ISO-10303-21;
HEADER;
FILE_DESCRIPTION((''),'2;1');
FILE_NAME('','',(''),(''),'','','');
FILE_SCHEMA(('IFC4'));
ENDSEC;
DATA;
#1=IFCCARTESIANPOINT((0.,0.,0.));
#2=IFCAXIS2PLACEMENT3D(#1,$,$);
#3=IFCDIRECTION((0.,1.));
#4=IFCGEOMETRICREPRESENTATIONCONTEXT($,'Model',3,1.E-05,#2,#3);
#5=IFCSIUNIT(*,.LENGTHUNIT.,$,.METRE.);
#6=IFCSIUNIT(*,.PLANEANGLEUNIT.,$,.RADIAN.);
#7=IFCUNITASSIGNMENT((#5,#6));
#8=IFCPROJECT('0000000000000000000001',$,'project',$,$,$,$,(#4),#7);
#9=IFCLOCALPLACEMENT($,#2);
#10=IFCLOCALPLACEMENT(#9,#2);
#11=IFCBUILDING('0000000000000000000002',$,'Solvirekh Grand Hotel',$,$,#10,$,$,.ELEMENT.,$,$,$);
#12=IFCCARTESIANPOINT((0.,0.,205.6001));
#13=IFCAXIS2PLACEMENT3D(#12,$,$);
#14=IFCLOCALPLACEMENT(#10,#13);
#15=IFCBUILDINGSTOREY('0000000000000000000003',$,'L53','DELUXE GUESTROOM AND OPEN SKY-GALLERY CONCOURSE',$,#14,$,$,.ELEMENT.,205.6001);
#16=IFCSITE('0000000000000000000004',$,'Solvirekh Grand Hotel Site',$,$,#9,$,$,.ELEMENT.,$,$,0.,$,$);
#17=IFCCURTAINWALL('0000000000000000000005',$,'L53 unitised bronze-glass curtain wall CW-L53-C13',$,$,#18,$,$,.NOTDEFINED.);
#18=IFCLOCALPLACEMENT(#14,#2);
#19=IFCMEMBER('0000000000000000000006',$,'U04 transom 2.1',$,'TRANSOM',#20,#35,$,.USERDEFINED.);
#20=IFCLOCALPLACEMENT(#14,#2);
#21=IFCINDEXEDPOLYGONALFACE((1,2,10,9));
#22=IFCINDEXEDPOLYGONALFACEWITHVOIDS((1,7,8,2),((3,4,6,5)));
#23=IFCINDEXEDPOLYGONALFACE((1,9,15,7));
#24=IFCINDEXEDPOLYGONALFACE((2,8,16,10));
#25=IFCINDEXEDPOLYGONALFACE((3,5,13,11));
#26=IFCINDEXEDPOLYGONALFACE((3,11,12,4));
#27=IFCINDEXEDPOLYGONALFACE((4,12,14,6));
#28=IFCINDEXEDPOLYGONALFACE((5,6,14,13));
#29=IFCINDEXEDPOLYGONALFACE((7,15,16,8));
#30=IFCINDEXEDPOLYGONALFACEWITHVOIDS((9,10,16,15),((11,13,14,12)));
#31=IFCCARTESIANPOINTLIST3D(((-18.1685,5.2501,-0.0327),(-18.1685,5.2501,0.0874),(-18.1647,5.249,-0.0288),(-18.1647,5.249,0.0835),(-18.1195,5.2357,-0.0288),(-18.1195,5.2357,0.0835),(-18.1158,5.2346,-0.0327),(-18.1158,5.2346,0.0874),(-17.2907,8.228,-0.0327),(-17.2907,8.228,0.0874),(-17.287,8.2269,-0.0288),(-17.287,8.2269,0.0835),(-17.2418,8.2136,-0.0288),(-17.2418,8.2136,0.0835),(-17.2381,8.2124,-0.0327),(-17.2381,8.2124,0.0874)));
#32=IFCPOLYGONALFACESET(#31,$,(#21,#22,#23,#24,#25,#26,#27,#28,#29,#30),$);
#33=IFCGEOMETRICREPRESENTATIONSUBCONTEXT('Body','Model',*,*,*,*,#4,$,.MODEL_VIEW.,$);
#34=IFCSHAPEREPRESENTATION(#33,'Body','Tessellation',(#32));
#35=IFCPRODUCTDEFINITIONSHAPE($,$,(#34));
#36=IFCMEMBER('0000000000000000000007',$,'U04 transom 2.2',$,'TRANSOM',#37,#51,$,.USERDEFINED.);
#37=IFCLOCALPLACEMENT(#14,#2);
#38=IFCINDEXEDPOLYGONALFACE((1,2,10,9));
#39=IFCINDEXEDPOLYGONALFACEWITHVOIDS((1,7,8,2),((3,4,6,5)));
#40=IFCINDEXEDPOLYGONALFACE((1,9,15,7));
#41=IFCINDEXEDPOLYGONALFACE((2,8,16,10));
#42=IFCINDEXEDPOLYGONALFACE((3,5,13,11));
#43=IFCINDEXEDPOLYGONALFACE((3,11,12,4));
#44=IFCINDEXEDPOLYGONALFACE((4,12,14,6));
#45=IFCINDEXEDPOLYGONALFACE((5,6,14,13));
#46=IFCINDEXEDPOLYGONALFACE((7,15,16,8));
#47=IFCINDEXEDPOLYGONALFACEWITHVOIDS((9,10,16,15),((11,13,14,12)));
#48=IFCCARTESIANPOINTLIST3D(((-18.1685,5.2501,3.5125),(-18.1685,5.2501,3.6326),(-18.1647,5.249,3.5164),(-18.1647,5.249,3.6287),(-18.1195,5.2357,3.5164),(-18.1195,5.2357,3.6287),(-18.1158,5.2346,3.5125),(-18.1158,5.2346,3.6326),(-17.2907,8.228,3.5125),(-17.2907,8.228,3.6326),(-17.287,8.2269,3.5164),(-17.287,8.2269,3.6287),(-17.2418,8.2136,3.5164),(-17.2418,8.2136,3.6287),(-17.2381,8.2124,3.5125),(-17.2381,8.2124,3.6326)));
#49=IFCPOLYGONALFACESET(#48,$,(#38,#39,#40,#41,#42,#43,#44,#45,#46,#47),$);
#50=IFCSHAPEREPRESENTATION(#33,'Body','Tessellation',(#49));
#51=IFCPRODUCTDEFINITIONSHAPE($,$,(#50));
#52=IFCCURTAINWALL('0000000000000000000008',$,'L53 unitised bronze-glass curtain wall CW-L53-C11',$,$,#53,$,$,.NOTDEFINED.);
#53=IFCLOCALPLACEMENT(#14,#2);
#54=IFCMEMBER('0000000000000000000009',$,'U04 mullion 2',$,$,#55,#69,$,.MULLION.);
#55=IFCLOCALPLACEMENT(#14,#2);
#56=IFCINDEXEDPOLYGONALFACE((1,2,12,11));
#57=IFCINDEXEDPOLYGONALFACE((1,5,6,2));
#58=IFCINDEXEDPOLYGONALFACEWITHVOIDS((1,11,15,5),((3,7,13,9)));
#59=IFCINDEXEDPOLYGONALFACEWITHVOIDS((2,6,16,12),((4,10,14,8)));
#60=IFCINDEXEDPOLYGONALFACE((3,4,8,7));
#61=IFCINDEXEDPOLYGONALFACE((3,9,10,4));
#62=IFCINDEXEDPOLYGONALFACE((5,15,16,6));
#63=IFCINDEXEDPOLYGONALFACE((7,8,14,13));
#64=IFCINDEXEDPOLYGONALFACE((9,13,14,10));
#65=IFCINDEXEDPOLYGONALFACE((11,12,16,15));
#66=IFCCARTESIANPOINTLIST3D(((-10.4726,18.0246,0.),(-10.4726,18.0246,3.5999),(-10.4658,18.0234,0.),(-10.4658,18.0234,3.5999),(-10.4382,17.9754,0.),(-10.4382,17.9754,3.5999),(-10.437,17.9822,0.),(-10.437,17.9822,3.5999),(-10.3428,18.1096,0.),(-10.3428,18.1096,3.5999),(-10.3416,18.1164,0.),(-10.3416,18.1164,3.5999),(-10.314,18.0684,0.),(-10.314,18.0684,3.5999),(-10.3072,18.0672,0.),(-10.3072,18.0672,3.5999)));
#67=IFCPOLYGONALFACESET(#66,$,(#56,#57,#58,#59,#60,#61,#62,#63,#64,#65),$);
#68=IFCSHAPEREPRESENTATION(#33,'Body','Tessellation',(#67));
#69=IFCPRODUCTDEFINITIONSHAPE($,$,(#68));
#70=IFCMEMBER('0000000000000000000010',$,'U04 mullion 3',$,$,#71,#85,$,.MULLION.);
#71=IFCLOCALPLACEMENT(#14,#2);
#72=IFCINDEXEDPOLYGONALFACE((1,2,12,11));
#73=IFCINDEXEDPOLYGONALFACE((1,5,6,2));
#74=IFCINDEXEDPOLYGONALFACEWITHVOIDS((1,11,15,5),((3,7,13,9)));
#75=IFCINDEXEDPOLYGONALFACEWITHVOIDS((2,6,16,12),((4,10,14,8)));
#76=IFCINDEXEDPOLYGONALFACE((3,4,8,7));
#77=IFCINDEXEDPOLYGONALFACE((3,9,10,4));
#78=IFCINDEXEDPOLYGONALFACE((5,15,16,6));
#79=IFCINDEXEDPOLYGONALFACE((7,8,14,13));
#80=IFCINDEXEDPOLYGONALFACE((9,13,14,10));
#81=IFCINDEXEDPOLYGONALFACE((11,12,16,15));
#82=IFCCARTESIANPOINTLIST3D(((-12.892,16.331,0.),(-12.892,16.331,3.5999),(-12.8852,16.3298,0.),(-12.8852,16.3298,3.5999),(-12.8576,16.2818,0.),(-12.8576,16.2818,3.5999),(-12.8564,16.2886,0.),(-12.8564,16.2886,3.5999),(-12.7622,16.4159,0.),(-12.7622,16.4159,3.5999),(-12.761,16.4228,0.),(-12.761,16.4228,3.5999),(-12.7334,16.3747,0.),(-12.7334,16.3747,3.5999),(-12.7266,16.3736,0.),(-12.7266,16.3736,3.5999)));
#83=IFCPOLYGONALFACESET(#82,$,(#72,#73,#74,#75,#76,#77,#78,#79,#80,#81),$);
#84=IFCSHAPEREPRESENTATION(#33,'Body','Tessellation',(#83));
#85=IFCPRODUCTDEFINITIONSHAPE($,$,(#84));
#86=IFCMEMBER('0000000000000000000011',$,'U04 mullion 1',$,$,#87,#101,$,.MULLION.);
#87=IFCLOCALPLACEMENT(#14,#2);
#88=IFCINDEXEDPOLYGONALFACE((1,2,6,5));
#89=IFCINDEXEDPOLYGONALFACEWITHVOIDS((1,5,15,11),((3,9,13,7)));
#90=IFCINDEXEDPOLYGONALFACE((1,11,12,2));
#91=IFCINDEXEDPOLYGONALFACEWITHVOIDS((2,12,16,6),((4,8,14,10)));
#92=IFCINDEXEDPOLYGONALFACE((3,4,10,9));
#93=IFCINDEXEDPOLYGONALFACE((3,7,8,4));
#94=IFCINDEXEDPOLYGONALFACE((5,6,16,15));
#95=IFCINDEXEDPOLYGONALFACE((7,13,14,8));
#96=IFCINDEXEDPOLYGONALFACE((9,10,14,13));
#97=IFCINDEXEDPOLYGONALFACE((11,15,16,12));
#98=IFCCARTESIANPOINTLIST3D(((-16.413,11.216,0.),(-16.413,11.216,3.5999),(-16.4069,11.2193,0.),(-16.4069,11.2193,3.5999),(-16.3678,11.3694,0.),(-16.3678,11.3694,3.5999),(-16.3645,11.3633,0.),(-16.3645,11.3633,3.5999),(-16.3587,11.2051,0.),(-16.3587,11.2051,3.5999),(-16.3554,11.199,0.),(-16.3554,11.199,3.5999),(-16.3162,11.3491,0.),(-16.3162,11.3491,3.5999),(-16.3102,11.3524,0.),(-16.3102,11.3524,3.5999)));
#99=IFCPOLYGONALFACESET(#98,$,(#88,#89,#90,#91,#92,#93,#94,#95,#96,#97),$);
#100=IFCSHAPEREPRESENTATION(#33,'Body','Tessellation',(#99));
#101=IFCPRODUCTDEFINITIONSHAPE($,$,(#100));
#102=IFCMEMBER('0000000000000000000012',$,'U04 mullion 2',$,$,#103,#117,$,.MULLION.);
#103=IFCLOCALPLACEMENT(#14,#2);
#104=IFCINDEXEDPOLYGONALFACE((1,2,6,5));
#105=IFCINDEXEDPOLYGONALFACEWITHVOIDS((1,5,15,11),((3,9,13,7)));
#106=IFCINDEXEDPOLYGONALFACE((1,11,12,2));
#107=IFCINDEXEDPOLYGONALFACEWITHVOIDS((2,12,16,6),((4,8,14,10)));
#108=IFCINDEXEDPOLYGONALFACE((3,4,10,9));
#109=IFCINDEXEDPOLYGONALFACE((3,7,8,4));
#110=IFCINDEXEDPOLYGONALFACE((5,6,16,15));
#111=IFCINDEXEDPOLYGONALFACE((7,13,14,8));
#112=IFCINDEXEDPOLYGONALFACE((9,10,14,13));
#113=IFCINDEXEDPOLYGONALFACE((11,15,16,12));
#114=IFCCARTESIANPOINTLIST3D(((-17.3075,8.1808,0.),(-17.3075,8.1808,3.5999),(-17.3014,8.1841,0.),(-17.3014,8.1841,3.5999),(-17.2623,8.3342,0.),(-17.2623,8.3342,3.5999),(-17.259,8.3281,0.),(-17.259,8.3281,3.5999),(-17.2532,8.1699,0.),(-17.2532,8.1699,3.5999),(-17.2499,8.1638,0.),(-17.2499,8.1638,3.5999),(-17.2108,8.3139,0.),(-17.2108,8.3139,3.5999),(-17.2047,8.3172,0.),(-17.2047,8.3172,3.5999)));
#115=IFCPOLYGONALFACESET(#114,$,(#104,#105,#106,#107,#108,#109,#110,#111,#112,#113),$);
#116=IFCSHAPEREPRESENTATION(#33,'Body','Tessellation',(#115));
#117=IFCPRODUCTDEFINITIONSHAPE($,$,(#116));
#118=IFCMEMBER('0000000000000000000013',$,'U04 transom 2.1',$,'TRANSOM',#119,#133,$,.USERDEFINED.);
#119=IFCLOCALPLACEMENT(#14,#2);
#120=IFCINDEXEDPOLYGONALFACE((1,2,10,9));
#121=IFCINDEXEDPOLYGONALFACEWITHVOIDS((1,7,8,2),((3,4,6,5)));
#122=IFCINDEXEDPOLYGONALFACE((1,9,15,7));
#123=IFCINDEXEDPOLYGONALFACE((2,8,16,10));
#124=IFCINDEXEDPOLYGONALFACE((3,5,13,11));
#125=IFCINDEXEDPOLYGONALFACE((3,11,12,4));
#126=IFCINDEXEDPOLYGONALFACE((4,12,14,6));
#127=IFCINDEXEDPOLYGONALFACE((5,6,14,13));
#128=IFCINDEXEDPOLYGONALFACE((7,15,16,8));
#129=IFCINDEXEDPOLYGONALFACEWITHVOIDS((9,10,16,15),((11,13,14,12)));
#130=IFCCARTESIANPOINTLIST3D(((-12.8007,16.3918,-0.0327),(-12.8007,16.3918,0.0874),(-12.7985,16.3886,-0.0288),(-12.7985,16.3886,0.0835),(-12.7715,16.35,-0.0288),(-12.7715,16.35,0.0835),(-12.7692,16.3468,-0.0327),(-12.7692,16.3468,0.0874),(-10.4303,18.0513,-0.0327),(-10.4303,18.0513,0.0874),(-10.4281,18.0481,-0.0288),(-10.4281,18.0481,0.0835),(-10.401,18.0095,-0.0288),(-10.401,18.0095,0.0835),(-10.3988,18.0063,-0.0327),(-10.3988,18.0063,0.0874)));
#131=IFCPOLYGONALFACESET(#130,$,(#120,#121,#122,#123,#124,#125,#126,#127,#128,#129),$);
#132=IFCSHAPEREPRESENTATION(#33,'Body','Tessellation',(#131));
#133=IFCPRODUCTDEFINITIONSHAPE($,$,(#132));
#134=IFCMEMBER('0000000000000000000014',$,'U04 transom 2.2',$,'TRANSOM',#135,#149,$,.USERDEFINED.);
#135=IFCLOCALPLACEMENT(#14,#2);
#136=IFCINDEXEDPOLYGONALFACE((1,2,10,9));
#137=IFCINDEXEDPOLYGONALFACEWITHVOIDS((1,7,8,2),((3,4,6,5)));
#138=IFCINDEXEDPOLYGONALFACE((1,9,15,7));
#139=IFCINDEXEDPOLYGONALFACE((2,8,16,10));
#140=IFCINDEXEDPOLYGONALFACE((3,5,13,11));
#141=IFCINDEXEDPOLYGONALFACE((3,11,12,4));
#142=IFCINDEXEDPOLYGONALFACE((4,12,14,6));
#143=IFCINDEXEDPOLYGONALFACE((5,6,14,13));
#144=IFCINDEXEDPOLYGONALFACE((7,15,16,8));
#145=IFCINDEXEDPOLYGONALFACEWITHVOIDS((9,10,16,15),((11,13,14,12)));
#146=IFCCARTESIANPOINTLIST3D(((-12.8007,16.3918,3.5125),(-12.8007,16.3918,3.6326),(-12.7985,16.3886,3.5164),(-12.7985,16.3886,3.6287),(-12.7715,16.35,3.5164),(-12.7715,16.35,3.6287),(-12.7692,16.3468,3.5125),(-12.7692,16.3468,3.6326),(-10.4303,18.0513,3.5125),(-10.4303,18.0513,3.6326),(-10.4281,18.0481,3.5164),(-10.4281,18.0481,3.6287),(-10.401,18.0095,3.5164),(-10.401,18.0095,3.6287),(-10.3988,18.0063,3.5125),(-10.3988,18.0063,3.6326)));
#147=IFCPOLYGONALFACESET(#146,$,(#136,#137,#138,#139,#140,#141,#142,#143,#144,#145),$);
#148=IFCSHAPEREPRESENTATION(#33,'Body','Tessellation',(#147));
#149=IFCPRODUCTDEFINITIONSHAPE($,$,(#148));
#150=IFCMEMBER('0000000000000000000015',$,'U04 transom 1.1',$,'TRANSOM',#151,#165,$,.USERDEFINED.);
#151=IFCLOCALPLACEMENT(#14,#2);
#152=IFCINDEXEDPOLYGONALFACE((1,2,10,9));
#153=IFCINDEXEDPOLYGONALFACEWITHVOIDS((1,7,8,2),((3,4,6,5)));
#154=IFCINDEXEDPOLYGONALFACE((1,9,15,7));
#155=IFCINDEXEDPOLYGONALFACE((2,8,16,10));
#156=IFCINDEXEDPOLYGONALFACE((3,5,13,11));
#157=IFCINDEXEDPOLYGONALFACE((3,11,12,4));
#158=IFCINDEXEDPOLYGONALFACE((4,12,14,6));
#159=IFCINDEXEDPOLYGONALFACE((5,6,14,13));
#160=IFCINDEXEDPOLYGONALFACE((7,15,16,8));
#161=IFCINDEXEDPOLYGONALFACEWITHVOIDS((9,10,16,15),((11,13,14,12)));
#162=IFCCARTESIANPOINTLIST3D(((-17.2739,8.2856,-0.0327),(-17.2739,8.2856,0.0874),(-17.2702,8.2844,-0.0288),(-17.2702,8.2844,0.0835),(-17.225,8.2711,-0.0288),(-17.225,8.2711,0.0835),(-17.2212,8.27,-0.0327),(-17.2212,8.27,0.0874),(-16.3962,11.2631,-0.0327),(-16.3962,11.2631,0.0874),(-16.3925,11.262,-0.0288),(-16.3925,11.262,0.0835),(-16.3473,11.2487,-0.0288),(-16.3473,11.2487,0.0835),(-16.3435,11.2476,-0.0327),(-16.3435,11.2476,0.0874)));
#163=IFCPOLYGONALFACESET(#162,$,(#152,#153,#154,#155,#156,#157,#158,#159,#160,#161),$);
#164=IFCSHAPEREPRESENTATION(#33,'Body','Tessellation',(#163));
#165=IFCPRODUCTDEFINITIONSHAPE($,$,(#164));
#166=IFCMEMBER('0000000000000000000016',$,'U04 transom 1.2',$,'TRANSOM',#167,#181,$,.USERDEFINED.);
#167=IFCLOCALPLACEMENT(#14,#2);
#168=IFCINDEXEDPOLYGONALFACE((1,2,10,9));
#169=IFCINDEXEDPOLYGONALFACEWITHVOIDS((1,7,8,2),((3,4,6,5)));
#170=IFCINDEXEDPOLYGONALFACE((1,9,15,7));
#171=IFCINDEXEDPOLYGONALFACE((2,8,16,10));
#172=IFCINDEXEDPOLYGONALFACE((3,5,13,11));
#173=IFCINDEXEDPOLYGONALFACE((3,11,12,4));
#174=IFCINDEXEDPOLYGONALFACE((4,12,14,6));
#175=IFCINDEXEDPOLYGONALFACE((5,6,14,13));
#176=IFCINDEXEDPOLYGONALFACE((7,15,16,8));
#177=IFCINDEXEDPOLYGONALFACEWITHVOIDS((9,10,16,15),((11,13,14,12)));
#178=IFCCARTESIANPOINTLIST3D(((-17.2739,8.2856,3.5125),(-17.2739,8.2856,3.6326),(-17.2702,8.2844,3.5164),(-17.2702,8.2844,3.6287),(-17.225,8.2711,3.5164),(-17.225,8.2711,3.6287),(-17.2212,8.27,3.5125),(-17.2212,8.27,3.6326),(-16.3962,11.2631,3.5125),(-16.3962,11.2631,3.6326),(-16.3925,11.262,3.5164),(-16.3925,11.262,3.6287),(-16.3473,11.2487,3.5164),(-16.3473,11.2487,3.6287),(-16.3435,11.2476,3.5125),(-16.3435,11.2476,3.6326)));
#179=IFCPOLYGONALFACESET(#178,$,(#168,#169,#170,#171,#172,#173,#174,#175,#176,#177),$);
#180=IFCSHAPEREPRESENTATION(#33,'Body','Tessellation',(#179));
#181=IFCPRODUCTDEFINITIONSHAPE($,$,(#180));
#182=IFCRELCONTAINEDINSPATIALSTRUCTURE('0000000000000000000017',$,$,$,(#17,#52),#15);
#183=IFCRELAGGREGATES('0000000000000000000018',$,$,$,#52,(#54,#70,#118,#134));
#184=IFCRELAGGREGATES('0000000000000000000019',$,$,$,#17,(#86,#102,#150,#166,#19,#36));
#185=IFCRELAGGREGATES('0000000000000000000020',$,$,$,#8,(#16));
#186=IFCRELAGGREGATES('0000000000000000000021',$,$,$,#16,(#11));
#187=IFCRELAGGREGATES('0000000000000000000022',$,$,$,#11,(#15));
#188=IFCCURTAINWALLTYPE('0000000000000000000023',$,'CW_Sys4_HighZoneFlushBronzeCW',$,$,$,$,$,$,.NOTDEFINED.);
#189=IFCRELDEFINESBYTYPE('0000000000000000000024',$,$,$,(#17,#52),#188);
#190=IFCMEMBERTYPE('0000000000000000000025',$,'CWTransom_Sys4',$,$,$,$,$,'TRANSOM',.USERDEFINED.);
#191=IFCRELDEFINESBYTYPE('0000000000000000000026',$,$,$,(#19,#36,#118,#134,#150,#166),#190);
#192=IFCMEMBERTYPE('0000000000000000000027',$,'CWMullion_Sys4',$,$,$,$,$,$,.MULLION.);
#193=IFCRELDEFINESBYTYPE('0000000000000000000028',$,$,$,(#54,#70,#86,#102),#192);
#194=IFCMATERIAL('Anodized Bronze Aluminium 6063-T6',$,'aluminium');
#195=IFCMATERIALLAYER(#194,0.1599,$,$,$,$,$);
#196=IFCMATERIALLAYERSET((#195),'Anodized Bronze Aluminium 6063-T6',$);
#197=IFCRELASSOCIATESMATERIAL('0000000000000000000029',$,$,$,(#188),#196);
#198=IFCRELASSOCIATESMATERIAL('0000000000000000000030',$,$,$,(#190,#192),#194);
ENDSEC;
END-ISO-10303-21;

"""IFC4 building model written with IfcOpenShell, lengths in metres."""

from ifc_helpers import new_model, si_unit, direction, frame, origin, origin_2d, place, context, subcontext, project, spatial, hollow_rectangle, extrude, source, transform, mapped, material, layer, layer_set, material_profile, profile_set, type_object, element, aggregate, save


model = new_model("IFC4")

# Units and contexts
model_context = context("Model", 3, precision=1e-05, world=origin(), true_north=direction((0.0, 1.0)))
body_context = subcontext(model_context, "Body", "Model", "MODEL_VIEW")
ifc_project = project(units=[si_unit("LENGTHUNIT", "METRE"), si_unit("PLANEANGLEUNIT", "RADIAN")], contexts=[model_context])

# Site, building, storey
site_placement = place(None, origin())
site = spatial("IfcSite", under=ifc_project, at=site_placement, Name="Solvirekh Grand Hotel Site", CompositionType="ELEMENT", RefElevation=0.0)
building_placement = place(site_placement, origin())
building = spatial("IfcBuilding", under=site, at=building_placement, Name="Solvirekh Grand Hotel", CompositionType="ELEMENT")
storey_placement = place(building_placement, frame((0.0, 0.0, 205.6001)))
storey = spatial("IfcBuildingStorey", under=building, at=storey_placement, Name="L53", Description="DELUXE GUESTROOM AND OPEN SKY-GALLERY CONCOURSE", CompositionType="ELEMENT", Elevation=205.6001)

# Curtain walls, members
ifc_material_1 = material(Name="Anodized Bronze Aluminium 6063-T6", Category="aluminium")
ifc_layer_1 = layer(ifc_material_1, 0.1599)
ifc_layer_set_1 = layer_set([ifc_layer_1], Name="Anodized Bronze Aluminium 6063-T6")
curtain_wall_type = type_object("IfcCurtainWallType", Name="CW_Sys4_HighZoneFlushBronzeCW", PredefinedType="NOTDEFINED", material=ifc_layer_set_1)
curtain_wall_1_placement = place(storey_placement, origin())
curtain_wall_1 = element("IfcCurtainWall", 1, at=curtain_wall_1_placement, inside=storey, type_object=curtain_wall_type, Name="L53 unitised bronze-glass curtain wall CW-L53-C13", PredefinedType="NOTDEFINED")
ifc_material_profile_1 = material_profile(ifc_material_1, hollow_rectangle(XDim=0.0549, YDim=0.1201, WallThickness=0.0039, at=origin_2d()), Name="ALU RHS 120X55X4")
ifc_profile_set_1 = profile_set([ifc_material_profile_1], Name="Anodized Bronze Aluminium 6063-T6")
member_type_1 = type_object("IfcMemberType", Name="CWTransom_Sys4", ElementType="TRANSOM", PredefinedType="USERDEFINED", material=ifc_profile_set_1)
shared_shape_1 = source(origin(), body_context, "Body", "SweptSolid", [
    extrude(hollow_rectangle(XDim=0.0549, YDim=0.1201, WallThickness=0.0039, at=origin_2d()), origin(), (0.0, 0.0, 1.0), 3.1045),
])
member_1_placement = place(storey_placement, frame((-17.2644, 8.2202, 0.0273), z_axis=(-0.28272, -0.959203, 0.0), x_axis=(0.959203, -0.28272, 0.0)))
member_1 = element("IfcMember", 2, at=member_1_placement, type_object=member_type_1, Name="U04 transom 2.1", ObjectType="TRANSOM", PredefinedType="USERDEFINED", context=body_context, shape_type="MappedRepresentation", body=[
    mapped(shared_shape_1, transform((0.0, 0.0, 0.0), x_axis=(1.0, 0.0, 0.0), y_axis=(0.0, 1.0, 0.0), z_axis=(0.0, 0.0, 1.0), scale=1.0)),
])
member_2_placement = place(storey_placement, frame((-17.2644, 8.2202, 3.5725), z_axis=(-0.28272, -0.959203, 0.0), x_axis=(0.959203, -0.28272, 0.0)))
member_2 = element("IfcMember", 3, at=member_2_placement, type_object=member_type_1, Name="U04 transom 2.2", ObjectType="TRANSOM", PredefinedType="USERDEFINED", context=body_context, shape_type="MappedRepresentation", body=[
    mapped(shared_shape_1, transform((0.0, 0.0, 0.0), x_axis=(1.0, 0.0, 0.0), y_axis=(0.0, 1.0, 0.0), z_axis=(0.0, 0.0, 1.0), scale=1.0)),
])
curtain_wall_2_placement = place(storey_placement, origin())
curtain_wall_2 = element("IfcCurtainWall", 4, at=curtain_wall_2_placement, inside=storey, type_object=curtain_wall_type, Name="L53 unitised bronze-glass curtain wall CW-L53-C11", PredefinedType="NOTDEFINED")
ifc_material_profile_2 = material_profile(ifc_material_1, hollow_rectangle(XDim=0.0601, YDim=0.1599, WallThickness=0.0049, at=origin_2d()), Name="ALU RHS 160X60X5")
ifc_profile_set_2 = profile_set([ifc_material_profile_2], Name="Anodized Bronze Aluminium 6063-T6")
member_type_2 = type_object("IfcMemberType", Name="CWMullion_Sys4", PredefinedType="MULLION", material=ifc_profile_set_2)
shared_shape_2 = source(origin(), body_context, "Body", "SweptSolid", [
    extrude(hollow_rectangle(XDim=0.0601, YDim=0.1599, WallThickness=0.0049, at=origin_2d()), origin(), (0.0, 0.0, 1.0), 3.5999),
])
member_3_placement = place(storey_placement, frame((-10.3899, 18.0459, 0.0), z_axis=(0.0, 0.0, 1.0), x_axis=(0.573507, -0.8192, 0.0)))
member_3 = element("IfcMember", 5, at=member_3_placement, type_object=member_type_2, Name="U04 mullion 2", PredefinedType="MULLION", context=body_context, shape_type="MappedRepresentation", body=[
    mapped(shared_shape_2, transform((0.0, 0.0, 0.0), x_axis=(1.0, 0.0, 0.0), y_axis=(0.0, 1.0, 0.0), z_axis=(0.0, 0.0, 1.0), scale=1.0)),
])
member_4_placement = place(storey_placement, frame((-12.8093, 16.3523, 0.0), z_axis=(0.0, 0.0, 1.0), x_axis=(0.573507, -0.8192, 0.0)))
member_4 = element("IfcMember", 6, at=member_4_placement, type_object=member_type_2, Name="U04 mullion 3", PredefinedType="MULLION", context=body_context, shape_type="MappedRepresentation", body=[
    mapped(shared_shape_2, transform((0.0, 0.0, 0.0), x_axis=(1.0, 0.0, 0.0), y_axis=(0.0, 1.0, 0.0), z_axis=(0.0, 0.0, 1.0), scale=1.0)),
])

# Members
member_5_placement = place(storey_placement, frame((-16.3616, 11.2842, 0.0), z_axis=(0.0, 0.0, 1.0), x_axis=(0.959211, -0.282692, 0.0)))
member_5 = element("IfcMember", 7, at=member_5_placement, type_object=member_type_2, Name="U04 mullion 1", PredefinedType="MULLION", context=body_context, shape_type="MappedRepresentation", body=[
    mapped(shared_shape_2, transform((0.0, 0.0, 0.0), x_axis=(1.0, 0.0, 0.0), y_axis=(0.0, 1.0, 0.0), z_axis=(0.0, 0.0, 1.0), scale=1.0)),
])
member_6_placement = place(storey_placement, frame((-17.2561, 8.249, 0.0), z_axis=(0.0, 0.0, 1.0), x_axis=(0.959211, -0.282692, 0.0)))
member_6 = element("IfcMember", 8, at=member_6_placement, type_object=member_type_2, Name="U04 mullion 2", PredefinedType="MULLION", context=body_context, shape_type="MappedRepresentation", body=[
    mapped(shared_shape_2, transform((0.0, 0.0, 0.0), x_axis=(1.0, 0.0, 0.0), y_axis=(0.0, 1.0, 0.0), z_axis=(0.0, 0.0, 1.0), scale=1.0)),
])
shared_shape_3 = source(origin(), body_context, "Body", "SweptSolid", [
    extrude(hollow_rectangle(XDim=0.0549, YDim=0.1201, WallThickness=0.0039, at=origin_2d()), origin(), (0.0, 0.0, 1.0), 2.8936),
])
member_7_placement = place(storey_placement, frame((-10.4146, 18.0288, 0.0273), z_axis=(-0.819204, -0.573502, 0.0), x_axis=(0.573502, -0.819204, 0.0)))
member_7 = element("IfcMember", 9, at=member_7_placement, type_object=member_type_1, Name="U04 transom 2.1", ObjectType="TRANSOM", PredefinedType="USERDEFINED", context=body_context, shape_type="MappedRepresentation", body=[
    mapped(shared_shape_3, transform((0.0, 0.0, 0.0), x_axis=(1.0, 0.0, 0.0), y_axis=(0.0, 1.0, 0.0), z_axis=(0.0, 0.0, 1.0), scale=1.0)),
])
member_8_placement = place(storey_placement, frame((-10.4146, 18.0288, 3.5725), z_axis=(-0.819204, -0.573502, 0.0), x_axis=(0.573502, -0.819204, 0.0)))
member_8 = element("IfcMember", 10, at=member_8_placement, type_object=member_type_1, Name="U04 transom 2.2", ObjectType="TRANSOM", PredefinedType="USERDEFINED", context=body_context, shape_type="MappedRepresentation", body=[
    mapped(shared_shape_3, transform((0.0, 0.0, 0.0), x_axis=(1.0, 0.0, 0.0), y_axis=(0.0, 1.0, 0.0), z_axis=(0.0, 0.0, 1.0), scale=1.0)),
])
shared_shape_4 = source(origin(), body_context, "Body", "SweptSolid", [
    extrude(hollow_rectangle(XDim=0.0549, YDim=0.1201, WallThickness=0.0039, at=origin_2d()), origin(), (0.0, 0.0, 1.0), 3.1042),
])
member_9_placement = place(storey_placement, frame((-16.3699, 11.2554, 0.0273), z_axis=(-0.282741, -0.959196, 0.0), x_axis=(0.959196, -0.282741, 0.0)))
member_9 = element("IfcMember", 11, at=member_9_placement, type_object=member_type_1, Name="U04 transom 1.1", ObjectType="TRANSOM", PredefinedType="USERDEFINED", context=body_context, shape_type="MappedRepresentation", body=[
    mapped(shared_shape_4, transform((0.0, 0.0, 0.0), x_axis=(1.0, 0.0, 0.0), y_axis=(0.0, 1.0, 0.0), z_axis=(0.0, 0.0, 1.0), scale=1.0)),
])
member_10_placement = place(storey_placement, frame((-16.3699, 11.2554, 3.5725), z_axis=(-0.282741, -0.959196, 0.0), x_axis=(0.959196, -0.282741, 0.0)))
member_10 = element("IfcMember", 12, at=member_10_placement, type_object=member_type_1, Name="U04 transom 1.2", ObjectType="TRANSOM", PredefinedType="USERDEFINED", context=body_context, shape_type="MappedRepresentation", body=[
    mapped(shared_shape_4, transform((0.0, 0.0, 0.0), x_axis=(1.0, 0.0, 0.0), y_axis=(0.0, 1.0, 0.0), z_axis=(0.0, 0.0, 1.0), scale=1.0)),
])

aggregate(curtain_wall_2, [member_3, member_4, member_7, member_8])
aggregate(curtain_wall_1, [member_5, member_6, member_9, member_10, member_1, member_2])

save(model, "model.ifc")
